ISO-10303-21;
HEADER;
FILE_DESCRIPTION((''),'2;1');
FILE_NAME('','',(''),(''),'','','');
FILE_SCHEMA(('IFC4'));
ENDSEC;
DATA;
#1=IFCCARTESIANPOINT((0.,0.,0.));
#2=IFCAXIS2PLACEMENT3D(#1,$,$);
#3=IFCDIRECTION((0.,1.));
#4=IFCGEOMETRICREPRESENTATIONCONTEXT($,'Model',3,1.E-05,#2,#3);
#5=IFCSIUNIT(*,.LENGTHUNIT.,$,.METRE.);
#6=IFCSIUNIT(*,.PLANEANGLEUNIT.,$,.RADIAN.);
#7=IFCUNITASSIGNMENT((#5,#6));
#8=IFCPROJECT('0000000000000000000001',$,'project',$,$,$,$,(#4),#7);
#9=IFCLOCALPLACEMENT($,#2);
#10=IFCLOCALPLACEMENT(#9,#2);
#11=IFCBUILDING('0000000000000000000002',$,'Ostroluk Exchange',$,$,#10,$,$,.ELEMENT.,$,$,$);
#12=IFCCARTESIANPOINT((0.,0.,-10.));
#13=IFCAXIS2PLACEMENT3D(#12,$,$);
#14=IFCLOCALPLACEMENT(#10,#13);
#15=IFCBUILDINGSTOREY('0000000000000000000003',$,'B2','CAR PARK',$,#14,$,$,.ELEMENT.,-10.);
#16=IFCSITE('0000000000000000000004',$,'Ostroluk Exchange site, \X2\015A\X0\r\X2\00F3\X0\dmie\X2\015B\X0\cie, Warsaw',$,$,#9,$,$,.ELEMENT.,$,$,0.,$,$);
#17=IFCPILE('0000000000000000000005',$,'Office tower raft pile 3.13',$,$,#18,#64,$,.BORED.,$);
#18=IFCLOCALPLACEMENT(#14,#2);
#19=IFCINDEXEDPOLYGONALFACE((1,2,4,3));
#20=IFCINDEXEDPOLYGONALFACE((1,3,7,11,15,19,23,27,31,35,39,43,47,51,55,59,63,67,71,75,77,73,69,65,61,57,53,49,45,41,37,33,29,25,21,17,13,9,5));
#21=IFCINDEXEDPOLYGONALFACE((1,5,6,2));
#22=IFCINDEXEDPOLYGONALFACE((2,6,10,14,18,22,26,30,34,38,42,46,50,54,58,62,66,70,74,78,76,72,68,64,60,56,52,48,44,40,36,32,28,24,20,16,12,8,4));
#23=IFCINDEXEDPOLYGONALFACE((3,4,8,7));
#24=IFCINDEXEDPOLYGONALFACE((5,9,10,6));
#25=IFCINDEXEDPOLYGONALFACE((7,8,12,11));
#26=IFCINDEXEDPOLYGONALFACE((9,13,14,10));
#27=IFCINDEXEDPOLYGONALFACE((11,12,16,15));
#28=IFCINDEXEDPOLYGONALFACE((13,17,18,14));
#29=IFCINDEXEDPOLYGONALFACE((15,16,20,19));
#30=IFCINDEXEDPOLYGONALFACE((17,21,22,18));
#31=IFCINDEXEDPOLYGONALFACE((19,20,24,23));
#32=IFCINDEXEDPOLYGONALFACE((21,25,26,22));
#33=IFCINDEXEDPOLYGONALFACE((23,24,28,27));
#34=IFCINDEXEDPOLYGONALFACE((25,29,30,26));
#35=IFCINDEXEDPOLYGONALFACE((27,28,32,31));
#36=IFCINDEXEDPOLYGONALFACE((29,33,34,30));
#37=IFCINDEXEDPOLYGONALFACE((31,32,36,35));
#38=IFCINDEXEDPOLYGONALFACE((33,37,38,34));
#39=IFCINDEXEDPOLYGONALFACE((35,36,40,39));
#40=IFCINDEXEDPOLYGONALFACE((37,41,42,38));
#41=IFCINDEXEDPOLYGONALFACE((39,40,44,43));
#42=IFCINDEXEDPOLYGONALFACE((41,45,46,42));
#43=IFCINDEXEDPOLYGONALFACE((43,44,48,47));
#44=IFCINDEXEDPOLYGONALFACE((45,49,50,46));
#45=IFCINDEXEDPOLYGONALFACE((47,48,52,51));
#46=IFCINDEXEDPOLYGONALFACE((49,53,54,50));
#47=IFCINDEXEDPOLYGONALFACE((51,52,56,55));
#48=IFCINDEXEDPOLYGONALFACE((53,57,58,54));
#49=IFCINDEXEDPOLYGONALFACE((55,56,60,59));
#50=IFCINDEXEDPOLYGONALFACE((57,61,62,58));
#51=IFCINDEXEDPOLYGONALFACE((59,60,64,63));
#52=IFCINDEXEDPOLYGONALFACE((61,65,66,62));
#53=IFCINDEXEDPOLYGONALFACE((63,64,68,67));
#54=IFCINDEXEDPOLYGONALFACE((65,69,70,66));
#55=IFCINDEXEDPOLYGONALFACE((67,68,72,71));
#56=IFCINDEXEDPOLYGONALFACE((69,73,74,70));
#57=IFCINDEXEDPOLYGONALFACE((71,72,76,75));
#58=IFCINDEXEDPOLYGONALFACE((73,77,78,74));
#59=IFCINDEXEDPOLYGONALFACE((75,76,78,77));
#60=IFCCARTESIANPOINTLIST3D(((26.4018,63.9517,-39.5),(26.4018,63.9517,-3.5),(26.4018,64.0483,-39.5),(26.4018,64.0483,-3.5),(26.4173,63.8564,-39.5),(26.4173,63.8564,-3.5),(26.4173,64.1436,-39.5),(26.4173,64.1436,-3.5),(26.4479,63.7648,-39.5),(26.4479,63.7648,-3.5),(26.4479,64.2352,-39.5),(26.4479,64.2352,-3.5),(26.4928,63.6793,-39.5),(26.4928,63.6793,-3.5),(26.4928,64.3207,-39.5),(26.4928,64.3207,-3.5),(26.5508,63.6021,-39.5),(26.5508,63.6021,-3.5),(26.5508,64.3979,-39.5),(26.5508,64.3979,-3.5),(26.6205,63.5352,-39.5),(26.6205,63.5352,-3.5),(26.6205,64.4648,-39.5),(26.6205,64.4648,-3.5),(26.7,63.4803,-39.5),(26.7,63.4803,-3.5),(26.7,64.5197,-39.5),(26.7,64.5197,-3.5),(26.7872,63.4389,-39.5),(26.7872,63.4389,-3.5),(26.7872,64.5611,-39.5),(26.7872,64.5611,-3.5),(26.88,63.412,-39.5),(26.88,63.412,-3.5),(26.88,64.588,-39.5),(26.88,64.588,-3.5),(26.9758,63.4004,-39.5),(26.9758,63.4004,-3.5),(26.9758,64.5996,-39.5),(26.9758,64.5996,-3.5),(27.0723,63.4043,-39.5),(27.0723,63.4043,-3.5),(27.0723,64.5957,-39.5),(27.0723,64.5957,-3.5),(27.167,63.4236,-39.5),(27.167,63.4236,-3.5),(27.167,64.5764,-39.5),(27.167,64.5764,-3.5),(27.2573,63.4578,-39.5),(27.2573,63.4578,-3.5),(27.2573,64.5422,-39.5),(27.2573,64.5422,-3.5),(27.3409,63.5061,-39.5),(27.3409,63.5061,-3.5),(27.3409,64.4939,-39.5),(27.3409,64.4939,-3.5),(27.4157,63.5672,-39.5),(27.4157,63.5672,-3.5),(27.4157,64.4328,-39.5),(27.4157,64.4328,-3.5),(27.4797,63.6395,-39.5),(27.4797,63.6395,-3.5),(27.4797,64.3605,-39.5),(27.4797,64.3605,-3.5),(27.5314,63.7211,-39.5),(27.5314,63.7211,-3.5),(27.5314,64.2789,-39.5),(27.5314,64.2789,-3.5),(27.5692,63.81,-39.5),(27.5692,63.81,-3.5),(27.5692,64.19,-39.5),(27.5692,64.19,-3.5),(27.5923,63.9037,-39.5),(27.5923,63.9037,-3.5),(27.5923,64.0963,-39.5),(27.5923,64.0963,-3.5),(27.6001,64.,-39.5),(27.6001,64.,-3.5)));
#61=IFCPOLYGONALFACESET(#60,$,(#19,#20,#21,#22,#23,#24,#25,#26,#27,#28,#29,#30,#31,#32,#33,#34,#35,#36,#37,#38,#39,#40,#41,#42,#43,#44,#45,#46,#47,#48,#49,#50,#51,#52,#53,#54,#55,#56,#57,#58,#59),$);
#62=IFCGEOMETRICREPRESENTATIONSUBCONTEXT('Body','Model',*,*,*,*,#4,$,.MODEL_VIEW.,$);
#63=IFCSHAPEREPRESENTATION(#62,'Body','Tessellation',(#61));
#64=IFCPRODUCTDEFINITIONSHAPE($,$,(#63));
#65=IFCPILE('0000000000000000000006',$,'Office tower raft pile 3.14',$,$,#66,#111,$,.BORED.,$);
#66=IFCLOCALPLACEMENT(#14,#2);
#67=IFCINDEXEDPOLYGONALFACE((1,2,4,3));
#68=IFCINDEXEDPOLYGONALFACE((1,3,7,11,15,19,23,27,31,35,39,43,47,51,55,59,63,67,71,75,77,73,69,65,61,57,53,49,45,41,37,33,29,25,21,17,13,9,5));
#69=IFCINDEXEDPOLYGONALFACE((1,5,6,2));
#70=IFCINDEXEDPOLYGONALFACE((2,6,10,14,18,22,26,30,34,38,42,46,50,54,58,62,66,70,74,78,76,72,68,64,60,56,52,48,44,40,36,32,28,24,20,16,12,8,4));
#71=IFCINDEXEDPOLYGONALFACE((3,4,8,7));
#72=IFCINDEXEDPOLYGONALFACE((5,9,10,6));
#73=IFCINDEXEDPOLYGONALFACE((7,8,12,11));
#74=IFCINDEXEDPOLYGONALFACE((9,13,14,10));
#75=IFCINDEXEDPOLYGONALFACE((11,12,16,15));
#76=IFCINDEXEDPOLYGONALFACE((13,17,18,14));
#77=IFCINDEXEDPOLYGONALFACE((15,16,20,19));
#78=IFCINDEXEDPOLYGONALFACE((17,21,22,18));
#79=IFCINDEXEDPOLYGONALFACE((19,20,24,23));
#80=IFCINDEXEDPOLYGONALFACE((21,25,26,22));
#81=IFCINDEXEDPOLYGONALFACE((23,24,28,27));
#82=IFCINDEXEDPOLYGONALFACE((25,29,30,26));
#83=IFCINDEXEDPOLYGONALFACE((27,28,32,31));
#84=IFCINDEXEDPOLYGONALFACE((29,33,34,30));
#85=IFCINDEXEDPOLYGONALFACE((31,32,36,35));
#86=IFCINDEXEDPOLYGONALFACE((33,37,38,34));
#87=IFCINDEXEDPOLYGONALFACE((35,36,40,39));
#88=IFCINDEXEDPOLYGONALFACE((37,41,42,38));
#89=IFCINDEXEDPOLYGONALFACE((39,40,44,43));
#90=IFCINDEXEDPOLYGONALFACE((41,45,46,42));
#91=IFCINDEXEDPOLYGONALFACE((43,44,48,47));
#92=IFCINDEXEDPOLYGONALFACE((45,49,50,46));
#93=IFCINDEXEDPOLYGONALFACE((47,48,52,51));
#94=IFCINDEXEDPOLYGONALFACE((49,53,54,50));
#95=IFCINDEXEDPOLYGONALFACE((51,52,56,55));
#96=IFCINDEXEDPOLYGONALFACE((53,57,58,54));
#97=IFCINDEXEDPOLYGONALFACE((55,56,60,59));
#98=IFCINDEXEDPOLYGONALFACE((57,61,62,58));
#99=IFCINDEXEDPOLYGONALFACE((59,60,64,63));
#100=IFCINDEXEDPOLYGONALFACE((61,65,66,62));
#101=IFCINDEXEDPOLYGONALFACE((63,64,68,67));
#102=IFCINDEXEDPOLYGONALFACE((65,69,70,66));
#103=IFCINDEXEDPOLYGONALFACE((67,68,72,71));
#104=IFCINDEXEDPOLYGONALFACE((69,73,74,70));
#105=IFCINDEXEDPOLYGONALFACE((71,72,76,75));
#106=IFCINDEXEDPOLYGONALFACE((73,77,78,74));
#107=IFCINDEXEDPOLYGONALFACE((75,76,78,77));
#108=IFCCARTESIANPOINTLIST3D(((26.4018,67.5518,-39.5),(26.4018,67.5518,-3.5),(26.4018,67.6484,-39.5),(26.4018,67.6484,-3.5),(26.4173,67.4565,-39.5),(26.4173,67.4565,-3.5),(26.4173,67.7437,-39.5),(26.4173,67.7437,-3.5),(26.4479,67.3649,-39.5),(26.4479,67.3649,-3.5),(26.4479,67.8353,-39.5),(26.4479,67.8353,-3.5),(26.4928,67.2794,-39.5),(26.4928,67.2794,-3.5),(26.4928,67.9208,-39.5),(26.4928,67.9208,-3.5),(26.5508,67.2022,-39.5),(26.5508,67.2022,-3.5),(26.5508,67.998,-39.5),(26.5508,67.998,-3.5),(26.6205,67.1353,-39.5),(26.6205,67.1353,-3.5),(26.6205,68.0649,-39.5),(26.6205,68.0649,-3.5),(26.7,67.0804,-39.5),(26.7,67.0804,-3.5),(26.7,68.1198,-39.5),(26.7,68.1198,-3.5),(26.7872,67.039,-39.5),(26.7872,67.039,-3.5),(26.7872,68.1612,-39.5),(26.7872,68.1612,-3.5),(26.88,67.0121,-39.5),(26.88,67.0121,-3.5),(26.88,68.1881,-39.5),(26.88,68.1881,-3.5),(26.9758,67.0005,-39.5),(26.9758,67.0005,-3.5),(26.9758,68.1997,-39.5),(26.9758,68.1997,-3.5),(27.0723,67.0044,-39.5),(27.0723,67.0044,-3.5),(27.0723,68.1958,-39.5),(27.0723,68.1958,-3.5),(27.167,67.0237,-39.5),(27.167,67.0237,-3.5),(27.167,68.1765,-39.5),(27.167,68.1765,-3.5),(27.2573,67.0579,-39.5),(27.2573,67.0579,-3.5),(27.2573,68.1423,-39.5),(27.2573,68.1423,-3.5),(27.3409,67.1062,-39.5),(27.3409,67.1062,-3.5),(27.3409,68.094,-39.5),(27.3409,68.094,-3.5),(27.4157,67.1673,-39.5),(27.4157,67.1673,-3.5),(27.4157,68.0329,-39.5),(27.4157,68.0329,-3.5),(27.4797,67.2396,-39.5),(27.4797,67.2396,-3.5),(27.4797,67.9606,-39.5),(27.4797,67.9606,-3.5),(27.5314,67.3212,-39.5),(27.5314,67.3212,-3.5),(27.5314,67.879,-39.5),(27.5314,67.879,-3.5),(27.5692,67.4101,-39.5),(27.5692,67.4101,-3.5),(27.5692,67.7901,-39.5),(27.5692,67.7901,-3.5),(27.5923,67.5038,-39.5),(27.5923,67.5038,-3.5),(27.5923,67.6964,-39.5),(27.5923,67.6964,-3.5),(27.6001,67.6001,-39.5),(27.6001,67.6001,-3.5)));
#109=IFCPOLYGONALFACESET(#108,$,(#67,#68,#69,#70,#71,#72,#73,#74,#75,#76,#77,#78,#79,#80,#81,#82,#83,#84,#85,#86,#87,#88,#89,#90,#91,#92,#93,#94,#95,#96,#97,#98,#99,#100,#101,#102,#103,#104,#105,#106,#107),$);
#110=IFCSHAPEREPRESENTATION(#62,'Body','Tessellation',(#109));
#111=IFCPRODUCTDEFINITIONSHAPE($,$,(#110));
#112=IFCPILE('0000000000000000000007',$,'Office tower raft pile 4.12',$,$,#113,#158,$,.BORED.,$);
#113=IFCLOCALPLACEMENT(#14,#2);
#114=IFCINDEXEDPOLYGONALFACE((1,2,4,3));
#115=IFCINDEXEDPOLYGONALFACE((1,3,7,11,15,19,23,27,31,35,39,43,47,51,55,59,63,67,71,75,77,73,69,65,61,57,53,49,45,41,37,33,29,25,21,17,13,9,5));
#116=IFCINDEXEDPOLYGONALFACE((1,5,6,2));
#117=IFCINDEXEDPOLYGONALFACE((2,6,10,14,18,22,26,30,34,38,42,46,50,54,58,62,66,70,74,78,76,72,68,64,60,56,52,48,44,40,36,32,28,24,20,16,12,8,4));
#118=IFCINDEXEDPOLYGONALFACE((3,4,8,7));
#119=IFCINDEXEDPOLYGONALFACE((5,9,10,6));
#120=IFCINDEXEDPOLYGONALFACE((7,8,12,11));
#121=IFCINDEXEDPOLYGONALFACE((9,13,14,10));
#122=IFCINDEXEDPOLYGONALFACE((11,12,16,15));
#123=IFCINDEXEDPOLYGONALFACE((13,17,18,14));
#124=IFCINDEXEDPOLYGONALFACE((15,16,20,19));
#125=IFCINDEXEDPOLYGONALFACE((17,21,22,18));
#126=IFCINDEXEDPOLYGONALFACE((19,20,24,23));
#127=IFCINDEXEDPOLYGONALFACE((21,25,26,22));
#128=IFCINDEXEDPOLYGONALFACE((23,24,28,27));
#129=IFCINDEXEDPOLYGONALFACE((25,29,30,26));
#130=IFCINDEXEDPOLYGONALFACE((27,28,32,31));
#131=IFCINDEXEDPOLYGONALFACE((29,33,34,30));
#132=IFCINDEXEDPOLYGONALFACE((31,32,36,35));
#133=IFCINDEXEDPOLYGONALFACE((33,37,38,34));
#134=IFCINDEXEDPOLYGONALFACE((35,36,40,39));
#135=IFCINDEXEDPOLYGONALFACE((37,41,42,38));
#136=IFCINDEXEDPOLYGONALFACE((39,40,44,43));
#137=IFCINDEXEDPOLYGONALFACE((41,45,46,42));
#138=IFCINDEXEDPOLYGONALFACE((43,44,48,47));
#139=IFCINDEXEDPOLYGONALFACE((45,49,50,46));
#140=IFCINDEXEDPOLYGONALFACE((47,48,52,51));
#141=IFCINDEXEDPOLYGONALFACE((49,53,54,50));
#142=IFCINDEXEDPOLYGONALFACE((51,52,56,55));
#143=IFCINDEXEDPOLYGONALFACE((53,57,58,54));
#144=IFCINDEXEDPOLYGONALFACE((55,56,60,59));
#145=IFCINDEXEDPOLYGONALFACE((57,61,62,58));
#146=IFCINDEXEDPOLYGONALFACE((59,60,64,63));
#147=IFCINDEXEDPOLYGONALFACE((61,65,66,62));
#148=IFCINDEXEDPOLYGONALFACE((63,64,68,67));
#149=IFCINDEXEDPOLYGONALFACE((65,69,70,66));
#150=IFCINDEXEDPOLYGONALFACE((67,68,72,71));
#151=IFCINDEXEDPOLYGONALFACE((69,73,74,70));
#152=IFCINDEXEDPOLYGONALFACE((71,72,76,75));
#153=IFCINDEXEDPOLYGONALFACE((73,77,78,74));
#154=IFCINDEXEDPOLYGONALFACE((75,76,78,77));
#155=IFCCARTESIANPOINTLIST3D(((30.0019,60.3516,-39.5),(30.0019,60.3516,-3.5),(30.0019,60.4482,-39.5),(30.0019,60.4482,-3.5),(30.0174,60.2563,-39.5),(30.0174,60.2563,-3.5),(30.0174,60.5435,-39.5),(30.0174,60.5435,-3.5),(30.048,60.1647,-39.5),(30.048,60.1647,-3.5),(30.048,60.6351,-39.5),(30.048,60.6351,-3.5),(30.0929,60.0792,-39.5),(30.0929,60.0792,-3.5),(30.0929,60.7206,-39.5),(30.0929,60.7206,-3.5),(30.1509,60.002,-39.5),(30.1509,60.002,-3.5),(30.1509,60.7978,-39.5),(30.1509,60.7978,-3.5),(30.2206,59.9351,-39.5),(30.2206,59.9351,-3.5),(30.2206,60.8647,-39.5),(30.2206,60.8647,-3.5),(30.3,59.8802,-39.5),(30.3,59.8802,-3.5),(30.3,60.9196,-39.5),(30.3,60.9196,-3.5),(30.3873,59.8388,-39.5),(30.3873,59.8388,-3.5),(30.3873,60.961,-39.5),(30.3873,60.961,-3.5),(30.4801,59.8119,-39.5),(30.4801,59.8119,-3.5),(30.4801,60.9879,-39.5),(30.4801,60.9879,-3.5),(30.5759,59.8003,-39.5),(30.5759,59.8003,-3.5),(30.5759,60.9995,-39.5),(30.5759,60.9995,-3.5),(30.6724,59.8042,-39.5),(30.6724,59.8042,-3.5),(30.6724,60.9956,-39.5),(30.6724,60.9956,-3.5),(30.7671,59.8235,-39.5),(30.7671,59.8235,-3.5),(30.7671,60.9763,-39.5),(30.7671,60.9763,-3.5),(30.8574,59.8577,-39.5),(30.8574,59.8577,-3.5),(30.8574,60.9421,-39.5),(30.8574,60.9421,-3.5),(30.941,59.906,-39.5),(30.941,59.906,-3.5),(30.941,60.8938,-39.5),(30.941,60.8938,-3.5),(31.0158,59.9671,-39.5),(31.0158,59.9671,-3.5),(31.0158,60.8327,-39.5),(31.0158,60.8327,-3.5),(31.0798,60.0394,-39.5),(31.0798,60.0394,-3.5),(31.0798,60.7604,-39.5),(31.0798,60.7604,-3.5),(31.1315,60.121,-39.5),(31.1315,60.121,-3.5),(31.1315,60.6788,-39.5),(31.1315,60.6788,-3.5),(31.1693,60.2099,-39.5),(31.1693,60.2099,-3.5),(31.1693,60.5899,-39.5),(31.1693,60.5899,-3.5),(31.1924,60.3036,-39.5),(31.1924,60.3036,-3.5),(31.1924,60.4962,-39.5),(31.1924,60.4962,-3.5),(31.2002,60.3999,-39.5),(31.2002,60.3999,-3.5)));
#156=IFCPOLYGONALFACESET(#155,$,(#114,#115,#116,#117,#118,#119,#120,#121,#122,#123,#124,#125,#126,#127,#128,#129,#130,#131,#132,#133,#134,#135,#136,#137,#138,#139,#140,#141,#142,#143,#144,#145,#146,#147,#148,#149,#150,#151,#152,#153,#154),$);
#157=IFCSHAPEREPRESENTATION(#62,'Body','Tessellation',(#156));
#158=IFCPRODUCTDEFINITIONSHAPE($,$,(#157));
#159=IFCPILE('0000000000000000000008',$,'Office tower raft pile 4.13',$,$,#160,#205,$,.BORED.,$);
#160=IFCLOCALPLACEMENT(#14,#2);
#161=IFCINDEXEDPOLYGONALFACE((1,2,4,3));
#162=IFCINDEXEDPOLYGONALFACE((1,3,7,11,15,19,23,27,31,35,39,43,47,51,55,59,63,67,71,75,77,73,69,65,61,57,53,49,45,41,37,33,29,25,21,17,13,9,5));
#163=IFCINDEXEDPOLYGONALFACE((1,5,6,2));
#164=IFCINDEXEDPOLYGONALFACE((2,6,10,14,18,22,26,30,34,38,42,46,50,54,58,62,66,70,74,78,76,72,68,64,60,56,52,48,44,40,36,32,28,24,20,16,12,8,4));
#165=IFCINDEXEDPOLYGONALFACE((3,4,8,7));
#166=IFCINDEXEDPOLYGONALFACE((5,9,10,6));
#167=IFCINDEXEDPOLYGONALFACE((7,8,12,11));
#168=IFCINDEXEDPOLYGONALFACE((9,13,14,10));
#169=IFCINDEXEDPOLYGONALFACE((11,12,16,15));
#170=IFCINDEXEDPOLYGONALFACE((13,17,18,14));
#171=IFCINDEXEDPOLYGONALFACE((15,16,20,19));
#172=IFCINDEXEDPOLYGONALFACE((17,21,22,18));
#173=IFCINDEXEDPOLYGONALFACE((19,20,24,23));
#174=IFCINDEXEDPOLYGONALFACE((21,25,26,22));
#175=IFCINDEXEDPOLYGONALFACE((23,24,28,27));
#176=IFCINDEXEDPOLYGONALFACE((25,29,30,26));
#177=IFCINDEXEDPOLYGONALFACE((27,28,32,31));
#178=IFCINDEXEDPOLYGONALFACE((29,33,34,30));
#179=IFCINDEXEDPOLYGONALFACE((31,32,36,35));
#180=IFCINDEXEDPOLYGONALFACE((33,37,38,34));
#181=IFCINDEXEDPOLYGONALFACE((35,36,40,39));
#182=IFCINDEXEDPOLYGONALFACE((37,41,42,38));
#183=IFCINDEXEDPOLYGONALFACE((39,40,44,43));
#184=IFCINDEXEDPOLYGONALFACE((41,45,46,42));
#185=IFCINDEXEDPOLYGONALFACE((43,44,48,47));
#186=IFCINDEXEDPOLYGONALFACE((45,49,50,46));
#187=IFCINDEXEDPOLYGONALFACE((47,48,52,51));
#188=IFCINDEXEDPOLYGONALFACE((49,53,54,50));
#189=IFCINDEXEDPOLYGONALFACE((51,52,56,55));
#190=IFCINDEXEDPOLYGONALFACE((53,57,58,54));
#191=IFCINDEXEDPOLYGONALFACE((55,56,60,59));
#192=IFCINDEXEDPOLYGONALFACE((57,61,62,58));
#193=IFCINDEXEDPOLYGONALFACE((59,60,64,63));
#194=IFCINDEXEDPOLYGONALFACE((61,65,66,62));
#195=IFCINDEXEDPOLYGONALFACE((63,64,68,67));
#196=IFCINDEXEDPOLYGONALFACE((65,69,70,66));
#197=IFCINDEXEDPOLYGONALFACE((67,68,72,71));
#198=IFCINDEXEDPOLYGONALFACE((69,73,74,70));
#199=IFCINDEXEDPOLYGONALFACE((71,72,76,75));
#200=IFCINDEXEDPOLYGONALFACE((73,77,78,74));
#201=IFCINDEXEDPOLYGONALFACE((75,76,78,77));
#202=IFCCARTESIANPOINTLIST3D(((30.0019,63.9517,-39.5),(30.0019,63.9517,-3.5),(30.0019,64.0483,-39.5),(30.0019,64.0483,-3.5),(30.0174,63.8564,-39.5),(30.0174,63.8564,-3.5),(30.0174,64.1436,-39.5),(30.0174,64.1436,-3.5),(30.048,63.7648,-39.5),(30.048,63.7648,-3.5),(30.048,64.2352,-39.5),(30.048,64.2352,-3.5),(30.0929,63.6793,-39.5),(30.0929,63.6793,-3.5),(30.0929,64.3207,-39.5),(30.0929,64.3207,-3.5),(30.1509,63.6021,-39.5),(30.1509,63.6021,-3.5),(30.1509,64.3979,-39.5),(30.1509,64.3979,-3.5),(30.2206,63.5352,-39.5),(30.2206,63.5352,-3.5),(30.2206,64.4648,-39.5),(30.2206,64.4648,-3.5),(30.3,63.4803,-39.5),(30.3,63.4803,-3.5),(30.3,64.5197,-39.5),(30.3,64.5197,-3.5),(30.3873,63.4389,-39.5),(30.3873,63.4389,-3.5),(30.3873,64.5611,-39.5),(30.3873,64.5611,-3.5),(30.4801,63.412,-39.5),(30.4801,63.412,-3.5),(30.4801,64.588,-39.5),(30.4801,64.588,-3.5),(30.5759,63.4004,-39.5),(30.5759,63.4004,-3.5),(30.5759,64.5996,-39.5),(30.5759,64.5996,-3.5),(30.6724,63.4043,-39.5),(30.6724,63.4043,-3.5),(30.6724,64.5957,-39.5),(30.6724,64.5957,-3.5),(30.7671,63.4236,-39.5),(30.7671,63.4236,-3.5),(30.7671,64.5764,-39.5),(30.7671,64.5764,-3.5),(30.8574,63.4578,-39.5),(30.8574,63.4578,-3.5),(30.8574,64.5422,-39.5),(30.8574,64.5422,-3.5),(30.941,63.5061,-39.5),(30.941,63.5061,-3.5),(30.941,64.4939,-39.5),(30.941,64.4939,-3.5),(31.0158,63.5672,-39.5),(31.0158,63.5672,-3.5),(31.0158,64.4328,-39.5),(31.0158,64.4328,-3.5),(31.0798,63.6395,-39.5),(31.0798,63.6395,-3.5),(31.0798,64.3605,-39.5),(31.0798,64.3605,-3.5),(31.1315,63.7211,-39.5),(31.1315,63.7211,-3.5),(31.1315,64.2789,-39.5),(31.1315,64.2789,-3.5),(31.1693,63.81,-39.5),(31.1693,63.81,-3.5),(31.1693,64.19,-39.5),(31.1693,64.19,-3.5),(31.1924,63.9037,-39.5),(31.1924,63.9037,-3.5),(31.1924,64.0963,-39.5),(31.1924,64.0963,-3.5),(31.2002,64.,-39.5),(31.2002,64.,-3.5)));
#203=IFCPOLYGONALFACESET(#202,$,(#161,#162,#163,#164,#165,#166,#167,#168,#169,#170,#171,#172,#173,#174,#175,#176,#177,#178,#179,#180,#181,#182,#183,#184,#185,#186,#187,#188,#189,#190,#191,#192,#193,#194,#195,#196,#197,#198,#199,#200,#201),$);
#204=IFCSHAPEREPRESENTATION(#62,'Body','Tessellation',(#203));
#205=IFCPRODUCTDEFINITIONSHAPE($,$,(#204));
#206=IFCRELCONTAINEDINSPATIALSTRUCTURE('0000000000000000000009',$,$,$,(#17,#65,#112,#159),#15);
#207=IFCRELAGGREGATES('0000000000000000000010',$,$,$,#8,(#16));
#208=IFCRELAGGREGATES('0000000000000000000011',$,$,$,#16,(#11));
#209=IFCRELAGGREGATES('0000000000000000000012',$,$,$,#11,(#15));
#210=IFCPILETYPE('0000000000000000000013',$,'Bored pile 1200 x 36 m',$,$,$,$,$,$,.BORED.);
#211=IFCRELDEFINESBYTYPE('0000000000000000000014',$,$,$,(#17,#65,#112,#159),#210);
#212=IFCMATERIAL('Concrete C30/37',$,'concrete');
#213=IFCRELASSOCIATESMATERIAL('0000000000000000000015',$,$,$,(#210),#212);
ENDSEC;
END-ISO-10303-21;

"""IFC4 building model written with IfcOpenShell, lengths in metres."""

from ifc_helpers import new_model, si_unit, direction, frame, origin, origin_2d, place, context, subcontext, project, spatial, circle, extrude, material, type_object, element, save


model = new_model("IFC4")

# Units and contexts
model_context = context("Model", 3, precision=1e-05, world=origin(), true_north=direction((0.0, 1.0)))
body_context = subcontext(model_context, "Body", "Model", "MODEL_VIEW")
ifc_project = project(units=[si_unit("LENGTHUNIT", "METRE"), si_unit("PLANEANGLEUNIT", "RADIAN")], contexts=[model_context])

# Site, building, storey
site_placement = place(None, origin())
site = spatial("IfcSite", under=ifc_project, at=site_placement, Name="Ostroluk Exchange site, Śródmieście, Warsaw", CompositionType="ELEMENT", RefElevation=0.0)
building_placement = place(site_placement, origin())
building = spatial("IfcBuilding", under=site, at=building_placement, Name="Ostroluk Exchange", CompositionType="ELEMENT")
storey_placement = place(building_placement, frame((0.0, 0.0, -10.0)))
storey = spatial("IfcBuildingStorey", under=building, at=storey_placement, Name="B2", Description="CAR PARK", CompositionType="ELEMENT", Elevation=-10.0)

# Piles
ifc_material_1 = material(Name="Concrete C30/37", Category="concrete")
pile_type = type_object("IfcPileType", Name="Bored pile 1200 x 36 m", PredefinedType="BORED", material=ifc_material_1)
for number, where, z_axis, x_axis, name in (
    (1, (27.0, 64.0, -3.5), (0.0, 0.0, -1.0), (1.0, 0.0, 0.0), "Office tower raft pile 3.13"),
    (2, (27.0, 67.6001, -3.5), (0.0, 0.0, -1.0), (1.0, 0.0, 0.0), "Office tower raft pile 3.14"),
    (3, (30.6001, 60.3999, -3.5), (0.0, 0.0, -1.0), (1.0, 0.0, 0.0), "Office tower raft pile 4.12"),
    (4, (30.6001, 64.0, -3.5), (0.0, 0.0, -1.0), (1.0, 0.0, 0.0), "Office tower raft pile 4.13"),
):
    element("IfcPile", number, at=place(storey_placement, frame(where, z_axis=z_axis, x_axis=x_axis)), inside=storey, type_object=pile_type, Name=name, PredefinedType="BORED", context=body_context, shape_type="SweptSolid", body=[
        extrude(circle(Radius=0.6001, at=origin_2d()), origin(), (0.0, 0.0, 1.0), 36.0),
    ])

save(model, "model.ifc")
